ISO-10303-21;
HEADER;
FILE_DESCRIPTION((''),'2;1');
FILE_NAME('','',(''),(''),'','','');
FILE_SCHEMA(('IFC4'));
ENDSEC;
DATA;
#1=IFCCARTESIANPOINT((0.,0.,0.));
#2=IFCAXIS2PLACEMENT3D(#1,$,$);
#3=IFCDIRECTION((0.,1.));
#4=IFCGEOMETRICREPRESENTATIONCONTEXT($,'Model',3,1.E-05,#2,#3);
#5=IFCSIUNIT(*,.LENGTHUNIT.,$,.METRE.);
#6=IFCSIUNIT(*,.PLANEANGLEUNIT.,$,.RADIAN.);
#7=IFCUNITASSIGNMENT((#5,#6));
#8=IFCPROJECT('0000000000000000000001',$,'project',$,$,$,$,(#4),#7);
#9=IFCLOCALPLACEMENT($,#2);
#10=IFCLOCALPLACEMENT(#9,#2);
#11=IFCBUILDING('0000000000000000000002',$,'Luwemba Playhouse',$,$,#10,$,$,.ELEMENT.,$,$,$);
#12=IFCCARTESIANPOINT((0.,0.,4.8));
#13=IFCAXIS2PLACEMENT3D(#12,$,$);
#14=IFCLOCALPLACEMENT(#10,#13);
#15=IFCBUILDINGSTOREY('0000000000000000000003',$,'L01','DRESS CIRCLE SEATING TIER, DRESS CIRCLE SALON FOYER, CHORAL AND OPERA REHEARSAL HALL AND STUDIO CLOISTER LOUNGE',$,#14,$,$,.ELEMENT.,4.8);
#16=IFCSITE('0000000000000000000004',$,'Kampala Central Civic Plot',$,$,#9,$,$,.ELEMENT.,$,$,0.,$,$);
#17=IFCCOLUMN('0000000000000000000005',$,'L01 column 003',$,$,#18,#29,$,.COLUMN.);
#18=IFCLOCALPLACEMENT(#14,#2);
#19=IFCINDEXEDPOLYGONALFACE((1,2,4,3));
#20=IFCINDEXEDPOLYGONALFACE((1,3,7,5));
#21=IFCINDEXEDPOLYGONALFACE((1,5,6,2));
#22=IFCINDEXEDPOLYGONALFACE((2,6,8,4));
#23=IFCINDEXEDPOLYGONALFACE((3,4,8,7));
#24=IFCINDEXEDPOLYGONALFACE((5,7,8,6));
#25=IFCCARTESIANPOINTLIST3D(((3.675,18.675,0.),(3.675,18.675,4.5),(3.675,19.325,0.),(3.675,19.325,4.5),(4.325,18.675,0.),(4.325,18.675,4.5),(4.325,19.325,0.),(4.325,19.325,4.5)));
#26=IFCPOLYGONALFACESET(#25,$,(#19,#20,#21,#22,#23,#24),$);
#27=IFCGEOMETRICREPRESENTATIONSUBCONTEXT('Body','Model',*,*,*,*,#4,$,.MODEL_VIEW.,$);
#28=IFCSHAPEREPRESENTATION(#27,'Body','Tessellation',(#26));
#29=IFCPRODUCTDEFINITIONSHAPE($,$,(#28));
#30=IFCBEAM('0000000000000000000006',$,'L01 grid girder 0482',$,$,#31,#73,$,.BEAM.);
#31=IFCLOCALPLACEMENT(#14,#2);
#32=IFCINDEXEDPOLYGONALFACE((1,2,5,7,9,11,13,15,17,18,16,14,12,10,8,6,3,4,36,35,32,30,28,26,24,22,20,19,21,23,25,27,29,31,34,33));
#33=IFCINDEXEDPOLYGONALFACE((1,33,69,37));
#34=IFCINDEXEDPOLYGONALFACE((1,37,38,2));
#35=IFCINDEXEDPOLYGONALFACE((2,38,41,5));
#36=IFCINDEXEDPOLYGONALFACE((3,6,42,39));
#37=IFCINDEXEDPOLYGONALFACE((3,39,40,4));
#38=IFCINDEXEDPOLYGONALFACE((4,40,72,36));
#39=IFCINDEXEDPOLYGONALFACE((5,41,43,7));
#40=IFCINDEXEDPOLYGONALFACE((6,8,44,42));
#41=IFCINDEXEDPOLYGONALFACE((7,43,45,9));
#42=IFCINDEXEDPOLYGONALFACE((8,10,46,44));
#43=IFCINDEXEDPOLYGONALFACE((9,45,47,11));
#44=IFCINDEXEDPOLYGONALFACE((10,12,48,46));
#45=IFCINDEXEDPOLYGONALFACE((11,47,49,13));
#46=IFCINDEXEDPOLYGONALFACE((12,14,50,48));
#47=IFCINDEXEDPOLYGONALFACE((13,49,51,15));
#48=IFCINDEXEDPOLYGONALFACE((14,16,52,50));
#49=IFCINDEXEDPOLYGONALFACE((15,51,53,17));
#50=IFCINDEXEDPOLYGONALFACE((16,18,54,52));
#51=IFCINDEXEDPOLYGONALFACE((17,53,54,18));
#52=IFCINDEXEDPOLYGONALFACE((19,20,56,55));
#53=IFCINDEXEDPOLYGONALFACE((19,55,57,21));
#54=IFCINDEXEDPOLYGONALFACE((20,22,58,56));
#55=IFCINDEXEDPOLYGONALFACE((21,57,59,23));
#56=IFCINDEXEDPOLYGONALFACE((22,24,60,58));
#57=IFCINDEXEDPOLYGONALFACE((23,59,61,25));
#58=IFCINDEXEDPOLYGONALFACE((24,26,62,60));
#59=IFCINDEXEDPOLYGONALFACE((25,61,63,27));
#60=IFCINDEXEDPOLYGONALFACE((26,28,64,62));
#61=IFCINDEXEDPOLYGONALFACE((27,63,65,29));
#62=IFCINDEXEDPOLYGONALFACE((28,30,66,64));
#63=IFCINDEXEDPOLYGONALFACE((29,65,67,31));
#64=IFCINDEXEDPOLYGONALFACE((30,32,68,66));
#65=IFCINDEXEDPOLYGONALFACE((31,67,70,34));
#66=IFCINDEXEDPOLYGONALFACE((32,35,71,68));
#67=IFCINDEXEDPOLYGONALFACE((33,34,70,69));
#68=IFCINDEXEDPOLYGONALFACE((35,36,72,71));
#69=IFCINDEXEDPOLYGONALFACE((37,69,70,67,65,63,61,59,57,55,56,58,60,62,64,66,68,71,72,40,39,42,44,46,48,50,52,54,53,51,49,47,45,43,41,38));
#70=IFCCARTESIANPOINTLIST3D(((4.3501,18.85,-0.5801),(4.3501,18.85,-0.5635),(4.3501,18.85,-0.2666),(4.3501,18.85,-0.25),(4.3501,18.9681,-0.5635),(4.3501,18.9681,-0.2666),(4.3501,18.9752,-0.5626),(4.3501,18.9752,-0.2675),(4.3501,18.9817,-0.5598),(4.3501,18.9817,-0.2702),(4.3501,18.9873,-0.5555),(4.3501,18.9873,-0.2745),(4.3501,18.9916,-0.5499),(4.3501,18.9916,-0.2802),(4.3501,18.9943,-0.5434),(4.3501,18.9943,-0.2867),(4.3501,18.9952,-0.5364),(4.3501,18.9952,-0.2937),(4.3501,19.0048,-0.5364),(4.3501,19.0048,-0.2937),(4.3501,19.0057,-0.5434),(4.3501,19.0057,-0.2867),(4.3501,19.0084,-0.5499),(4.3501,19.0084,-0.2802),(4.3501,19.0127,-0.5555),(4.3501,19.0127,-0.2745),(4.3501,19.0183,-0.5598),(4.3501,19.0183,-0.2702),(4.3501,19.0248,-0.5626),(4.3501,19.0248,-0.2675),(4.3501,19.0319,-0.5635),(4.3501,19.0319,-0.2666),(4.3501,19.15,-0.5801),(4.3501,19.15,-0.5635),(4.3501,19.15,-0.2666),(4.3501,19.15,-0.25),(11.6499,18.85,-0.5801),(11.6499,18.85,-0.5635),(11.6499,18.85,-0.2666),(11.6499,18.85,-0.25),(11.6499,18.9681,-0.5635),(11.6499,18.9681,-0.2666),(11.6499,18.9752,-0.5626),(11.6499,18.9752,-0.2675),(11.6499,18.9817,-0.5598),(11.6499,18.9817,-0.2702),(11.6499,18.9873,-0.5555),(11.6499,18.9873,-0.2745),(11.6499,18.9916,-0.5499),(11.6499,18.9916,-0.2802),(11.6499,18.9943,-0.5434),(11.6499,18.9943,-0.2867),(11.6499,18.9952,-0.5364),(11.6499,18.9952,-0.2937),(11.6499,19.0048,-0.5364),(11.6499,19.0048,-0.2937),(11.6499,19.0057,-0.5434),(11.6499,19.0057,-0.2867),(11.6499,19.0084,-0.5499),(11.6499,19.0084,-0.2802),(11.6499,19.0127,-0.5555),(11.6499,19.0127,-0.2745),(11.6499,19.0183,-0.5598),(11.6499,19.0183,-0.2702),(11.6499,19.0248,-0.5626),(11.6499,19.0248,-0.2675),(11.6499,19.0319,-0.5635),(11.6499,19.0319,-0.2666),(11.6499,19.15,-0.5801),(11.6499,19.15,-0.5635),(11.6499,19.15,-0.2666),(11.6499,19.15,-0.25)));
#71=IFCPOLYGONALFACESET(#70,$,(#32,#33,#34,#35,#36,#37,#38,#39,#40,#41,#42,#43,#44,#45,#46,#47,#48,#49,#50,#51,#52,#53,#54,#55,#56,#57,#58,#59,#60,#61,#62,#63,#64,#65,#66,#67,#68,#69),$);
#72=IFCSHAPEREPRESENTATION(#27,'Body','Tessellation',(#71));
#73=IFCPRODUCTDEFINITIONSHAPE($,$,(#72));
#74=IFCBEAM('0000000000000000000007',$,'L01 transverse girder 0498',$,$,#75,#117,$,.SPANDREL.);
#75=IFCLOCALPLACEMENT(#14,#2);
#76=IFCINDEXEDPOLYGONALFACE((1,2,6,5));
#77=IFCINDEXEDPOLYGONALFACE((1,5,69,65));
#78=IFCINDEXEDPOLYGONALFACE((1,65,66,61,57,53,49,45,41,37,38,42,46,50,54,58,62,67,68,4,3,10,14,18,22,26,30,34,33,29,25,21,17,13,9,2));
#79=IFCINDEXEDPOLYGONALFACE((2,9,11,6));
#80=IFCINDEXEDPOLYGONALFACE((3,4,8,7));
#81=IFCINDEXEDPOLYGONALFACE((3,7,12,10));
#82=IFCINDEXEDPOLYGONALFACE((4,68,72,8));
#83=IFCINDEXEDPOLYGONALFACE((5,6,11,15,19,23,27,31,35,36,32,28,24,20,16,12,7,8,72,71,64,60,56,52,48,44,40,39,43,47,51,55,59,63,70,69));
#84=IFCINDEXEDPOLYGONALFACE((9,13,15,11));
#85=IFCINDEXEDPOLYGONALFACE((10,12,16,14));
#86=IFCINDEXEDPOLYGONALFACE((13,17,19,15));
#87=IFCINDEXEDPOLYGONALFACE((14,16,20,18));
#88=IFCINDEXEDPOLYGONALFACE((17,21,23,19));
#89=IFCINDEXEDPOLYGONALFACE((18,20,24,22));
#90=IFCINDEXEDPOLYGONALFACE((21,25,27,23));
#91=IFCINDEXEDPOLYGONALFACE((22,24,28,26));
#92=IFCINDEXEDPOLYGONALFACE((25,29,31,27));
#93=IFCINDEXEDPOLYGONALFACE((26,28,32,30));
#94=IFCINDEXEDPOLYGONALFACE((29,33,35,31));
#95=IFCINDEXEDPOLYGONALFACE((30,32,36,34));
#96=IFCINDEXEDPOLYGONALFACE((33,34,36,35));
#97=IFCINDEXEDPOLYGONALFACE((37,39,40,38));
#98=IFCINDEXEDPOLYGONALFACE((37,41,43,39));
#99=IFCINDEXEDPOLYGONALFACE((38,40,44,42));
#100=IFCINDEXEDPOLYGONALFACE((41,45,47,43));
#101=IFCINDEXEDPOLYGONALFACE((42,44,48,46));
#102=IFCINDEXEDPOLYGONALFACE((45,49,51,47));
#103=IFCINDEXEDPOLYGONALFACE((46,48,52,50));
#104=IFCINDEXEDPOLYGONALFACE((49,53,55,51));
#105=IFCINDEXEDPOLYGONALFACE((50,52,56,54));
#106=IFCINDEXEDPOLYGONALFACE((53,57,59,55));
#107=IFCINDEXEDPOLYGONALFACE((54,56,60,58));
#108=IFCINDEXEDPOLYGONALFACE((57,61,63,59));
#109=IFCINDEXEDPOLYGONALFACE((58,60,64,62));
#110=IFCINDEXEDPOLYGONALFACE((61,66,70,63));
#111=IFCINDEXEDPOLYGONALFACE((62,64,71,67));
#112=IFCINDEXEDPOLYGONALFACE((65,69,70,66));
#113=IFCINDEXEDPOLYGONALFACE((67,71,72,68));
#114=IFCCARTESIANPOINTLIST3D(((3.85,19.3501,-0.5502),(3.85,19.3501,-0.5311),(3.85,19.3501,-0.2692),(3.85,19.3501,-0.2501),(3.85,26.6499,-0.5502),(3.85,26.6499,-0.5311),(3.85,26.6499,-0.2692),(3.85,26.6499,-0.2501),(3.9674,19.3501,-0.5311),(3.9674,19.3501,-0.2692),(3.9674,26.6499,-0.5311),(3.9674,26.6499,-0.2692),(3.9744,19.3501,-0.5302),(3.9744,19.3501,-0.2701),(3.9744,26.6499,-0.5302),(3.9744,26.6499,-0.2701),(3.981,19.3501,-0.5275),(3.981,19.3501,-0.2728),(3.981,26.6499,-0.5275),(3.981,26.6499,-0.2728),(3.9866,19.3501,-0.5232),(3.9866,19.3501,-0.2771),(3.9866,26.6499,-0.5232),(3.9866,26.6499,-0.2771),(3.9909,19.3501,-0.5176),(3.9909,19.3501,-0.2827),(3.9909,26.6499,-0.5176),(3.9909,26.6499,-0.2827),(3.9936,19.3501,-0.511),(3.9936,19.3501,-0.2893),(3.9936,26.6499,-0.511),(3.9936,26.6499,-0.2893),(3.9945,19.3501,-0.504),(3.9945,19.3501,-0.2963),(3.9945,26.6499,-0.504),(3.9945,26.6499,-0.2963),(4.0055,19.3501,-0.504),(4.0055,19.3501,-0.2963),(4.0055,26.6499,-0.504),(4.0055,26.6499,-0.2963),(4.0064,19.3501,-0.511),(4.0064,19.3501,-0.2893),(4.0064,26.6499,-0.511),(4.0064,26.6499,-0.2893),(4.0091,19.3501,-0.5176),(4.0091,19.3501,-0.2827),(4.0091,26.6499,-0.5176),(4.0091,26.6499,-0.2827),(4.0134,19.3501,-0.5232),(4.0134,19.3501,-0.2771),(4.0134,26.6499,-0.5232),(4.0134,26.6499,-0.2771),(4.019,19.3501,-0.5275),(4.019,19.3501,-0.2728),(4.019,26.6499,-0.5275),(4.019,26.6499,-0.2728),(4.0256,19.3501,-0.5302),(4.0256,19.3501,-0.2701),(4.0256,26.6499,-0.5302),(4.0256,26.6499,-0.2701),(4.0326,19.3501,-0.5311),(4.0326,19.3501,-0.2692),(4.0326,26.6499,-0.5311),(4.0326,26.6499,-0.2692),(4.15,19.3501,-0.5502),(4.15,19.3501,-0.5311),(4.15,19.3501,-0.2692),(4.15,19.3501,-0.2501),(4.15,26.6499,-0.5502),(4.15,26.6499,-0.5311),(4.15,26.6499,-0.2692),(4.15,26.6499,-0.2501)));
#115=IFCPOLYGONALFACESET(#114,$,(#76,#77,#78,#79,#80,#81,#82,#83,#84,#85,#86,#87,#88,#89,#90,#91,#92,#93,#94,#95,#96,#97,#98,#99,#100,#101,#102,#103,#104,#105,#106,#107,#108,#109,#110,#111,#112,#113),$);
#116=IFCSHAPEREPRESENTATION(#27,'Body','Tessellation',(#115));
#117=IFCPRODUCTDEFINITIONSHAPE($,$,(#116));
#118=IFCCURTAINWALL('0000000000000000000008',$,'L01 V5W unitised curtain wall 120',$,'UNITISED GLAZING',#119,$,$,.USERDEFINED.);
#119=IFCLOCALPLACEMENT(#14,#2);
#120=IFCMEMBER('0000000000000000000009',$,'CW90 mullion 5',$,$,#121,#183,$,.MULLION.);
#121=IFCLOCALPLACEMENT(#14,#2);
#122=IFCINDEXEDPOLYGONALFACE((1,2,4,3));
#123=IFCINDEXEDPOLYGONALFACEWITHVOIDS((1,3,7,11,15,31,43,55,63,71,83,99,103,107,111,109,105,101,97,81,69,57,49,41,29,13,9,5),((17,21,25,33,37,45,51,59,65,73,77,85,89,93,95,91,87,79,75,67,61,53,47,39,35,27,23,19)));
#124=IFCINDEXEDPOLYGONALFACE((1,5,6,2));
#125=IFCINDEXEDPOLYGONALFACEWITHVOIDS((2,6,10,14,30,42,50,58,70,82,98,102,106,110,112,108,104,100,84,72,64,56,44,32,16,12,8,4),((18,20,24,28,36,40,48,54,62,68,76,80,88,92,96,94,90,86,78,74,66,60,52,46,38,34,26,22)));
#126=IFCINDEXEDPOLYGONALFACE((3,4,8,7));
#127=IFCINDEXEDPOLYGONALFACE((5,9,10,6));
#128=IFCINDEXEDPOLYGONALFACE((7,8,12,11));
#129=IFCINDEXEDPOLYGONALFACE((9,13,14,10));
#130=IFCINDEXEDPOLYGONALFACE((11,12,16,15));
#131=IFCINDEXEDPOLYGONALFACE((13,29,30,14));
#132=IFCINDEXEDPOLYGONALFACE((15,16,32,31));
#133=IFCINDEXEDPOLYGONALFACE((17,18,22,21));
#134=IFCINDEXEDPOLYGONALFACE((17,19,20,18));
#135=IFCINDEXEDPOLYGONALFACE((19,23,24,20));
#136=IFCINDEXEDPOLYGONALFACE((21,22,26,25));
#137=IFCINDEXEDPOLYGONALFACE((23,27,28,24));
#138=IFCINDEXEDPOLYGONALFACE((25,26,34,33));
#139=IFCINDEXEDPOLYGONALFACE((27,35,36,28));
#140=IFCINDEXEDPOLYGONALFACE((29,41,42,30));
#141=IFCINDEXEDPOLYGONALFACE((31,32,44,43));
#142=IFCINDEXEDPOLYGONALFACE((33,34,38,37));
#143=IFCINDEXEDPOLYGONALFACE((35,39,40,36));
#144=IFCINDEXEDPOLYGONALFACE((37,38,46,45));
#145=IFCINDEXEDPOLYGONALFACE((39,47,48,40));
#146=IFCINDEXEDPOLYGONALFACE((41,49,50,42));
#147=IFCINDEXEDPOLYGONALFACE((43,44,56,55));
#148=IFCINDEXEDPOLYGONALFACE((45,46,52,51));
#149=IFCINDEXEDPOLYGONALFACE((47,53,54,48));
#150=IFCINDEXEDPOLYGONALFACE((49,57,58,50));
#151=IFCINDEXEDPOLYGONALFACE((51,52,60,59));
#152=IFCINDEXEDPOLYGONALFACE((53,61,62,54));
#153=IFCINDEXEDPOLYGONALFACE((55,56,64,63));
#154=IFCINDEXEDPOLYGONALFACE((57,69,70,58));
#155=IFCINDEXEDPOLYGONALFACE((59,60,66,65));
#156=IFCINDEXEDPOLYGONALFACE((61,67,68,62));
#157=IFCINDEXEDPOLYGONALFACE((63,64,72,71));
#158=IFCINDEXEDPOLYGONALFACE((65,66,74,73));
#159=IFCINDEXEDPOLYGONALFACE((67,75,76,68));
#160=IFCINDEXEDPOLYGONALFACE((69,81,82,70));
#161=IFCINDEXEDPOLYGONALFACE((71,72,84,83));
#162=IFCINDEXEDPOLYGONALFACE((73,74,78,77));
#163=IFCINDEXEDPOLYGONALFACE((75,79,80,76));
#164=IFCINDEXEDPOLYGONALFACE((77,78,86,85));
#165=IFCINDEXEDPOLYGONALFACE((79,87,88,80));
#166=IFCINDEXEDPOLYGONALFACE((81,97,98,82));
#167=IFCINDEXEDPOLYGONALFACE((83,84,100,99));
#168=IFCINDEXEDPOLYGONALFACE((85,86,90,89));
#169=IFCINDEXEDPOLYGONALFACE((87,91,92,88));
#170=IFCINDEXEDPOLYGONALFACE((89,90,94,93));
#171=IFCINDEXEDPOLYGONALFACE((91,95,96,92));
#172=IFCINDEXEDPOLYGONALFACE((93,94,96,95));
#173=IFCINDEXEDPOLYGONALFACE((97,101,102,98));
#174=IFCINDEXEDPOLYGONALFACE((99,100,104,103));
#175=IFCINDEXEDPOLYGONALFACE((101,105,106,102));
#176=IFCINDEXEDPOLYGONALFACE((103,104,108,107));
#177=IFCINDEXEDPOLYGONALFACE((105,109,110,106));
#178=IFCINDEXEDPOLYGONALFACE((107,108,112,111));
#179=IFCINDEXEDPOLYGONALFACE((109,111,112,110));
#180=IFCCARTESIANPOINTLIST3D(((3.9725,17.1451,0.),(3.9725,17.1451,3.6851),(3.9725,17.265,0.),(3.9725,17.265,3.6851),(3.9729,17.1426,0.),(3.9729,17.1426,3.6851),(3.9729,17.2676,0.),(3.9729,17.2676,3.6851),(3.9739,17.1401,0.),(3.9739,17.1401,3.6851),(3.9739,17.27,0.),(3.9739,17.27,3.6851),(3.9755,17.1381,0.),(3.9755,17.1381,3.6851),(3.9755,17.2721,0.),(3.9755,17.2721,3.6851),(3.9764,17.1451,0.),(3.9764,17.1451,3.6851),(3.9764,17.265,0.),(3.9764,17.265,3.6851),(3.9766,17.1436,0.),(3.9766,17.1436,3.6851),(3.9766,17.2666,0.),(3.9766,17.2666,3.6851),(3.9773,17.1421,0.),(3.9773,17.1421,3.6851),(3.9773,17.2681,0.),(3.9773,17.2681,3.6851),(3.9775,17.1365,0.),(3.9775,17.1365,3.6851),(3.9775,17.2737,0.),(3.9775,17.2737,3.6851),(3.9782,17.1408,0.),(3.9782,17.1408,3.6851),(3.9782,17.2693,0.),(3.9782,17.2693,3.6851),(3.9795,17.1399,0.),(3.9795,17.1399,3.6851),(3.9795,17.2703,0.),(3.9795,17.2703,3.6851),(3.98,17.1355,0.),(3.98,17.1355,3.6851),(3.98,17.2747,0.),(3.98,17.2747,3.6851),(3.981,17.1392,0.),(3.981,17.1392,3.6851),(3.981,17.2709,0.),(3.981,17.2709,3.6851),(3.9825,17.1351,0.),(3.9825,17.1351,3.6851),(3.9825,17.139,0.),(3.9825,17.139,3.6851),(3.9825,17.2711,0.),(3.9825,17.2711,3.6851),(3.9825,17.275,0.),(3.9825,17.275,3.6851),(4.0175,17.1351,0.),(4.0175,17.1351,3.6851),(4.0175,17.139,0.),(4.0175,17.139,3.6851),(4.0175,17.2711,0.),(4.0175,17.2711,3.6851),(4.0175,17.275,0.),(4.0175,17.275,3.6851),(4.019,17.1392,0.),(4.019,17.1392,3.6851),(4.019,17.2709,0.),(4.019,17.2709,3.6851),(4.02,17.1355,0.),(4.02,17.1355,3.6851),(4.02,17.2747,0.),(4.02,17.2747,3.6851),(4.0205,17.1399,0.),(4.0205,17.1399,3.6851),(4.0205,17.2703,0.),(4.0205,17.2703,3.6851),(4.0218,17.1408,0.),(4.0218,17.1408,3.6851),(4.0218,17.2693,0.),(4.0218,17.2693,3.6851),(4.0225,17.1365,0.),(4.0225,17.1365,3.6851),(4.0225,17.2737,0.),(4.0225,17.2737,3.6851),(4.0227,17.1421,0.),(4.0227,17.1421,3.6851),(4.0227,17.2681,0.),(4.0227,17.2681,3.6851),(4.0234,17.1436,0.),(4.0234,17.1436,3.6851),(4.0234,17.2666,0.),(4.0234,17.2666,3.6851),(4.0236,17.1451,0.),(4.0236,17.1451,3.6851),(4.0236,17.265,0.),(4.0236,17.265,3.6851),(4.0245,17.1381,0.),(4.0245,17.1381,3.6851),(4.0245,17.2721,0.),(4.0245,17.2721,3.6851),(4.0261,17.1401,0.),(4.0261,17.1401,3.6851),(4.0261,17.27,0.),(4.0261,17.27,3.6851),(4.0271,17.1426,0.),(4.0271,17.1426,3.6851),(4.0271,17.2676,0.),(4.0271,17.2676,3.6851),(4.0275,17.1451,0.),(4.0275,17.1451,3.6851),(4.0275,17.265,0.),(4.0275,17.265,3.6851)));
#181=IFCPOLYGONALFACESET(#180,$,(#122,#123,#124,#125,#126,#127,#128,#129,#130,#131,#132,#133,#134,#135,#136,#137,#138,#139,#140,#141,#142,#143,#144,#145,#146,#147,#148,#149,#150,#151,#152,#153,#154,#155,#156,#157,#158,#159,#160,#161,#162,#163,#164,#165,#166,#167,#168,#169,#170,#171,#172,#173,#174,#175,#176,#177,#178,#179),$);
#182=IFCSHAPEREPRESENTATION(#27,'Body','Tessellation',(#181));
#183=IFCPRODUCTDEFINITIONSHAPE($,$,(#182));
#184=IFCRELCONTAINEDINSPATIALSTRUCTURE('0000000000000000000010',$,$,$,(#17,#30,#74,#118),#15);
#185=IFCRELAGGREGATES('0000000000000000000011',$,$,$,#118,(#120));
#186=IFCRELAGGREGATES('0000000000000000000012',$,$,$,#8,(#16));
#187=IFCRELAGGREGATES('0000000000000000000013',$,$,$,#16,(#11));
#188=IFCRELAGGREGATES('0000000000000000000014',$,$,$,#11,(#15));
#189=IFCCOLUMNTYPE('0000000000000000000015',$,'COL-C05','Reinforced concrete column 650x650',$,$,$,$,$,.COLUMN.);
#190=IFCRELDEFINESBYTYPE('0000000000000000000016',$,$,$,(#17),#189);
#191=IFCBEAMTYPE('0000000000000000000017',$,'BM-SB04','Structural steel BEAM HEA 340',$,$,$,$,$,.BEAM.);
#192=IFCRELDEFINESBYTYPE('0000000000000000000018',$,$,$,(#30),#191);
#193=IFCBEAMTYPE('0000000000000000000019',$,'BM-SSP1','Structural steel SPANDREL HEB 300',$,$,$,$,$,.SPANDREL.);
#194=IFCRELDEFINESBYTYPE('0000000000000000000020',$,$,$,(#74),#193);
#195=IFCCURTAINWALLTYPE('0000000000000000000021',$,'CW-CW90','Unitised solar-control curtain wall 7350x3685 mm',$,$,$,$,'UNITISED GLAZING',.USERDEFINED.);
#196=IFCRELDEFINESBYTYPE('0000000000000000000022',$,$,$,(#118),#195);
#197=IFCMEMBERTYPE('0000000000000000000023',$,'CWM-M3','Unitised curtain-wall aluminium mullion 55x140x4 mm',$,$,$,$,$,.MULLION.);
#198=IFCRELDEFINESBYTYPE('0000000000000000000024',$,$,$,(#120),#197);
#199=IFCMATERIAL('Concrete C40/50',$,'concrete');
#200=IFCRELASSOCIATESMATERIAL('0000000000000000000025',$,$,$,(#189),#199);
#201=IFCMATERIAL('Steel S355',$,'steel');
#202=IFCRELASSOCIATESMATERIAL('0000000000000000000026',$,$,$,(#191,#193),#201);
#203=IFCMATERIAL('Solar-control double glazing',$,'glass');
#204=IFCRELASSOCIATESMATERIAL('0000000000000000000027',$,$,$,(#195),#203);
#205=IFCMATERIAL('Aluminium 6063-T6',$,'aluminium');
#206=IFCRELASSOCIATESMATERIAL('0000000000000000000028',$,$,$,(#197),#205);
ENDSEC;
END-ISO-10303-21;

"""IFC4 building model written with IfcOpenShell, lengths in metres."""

from ifc_helpers import new_model, si_unit, direction, frame, origin, origin_2d, place, context, subcontext, project, spatial, rectangle, hollow_rectangle, i_section, extrude, material, material_profile, profile_set, type_object, element, aggregate, save


model = new_model("IFC4")

# Units and contexts
model_context = context("Model", 3, precision=1e-05, world=origin(), true_north=direction((0.0, 1.0)))
body_context = subcontext(model_context, "Body", "Model", "MODEL_VIEW")
ifc_project = project(units=[si_unit("LENGTHUNIT", "METRE"), si_unit("PLANEANGLEUNIT", "RADIAN")], contexts=[model_context])

# Site, building, storey
site_placement = place(None, origin())
site = spatial("IfcSite", under=ifc_project, at=site_placement, Name="Kampala Central Civic Plot", CompositionType="ELEMENT", RefElevation=0.0)
building_placement = place(site_placement, origin())
building = spatial("IfcBuilding", under=site, at=building_placement, Name="Luwemba Playhouse", CompositionType="ELEMENT")
storey_placement = place(building_placement, frame((0.0, 0.0, 4.8)))
storey = spatial("IfcBuildingStorey", under=building, at=storey_placement, Name="L01", Description="DRESS CIRCLE SEATING TIER, DRESS CIRCLE SALON FOYER, CHORAL AND OPERA REHEARSAL HALL AND STUDIO CLOISTER LOUNGE", CompositionType="ELEMENT", Elevation=4.8)

# Column
ifc_material_1 = material(Name="Concrete C40/50", Category="concrete")
ifc_material_profile_1 = material_profile(ifc_material_1, rectangle(XDim=0.6499, YDim=0.6499, at=origin_2d()))
ifc_profile_set_1 = profile_set([ifc_material_profile_1], Name="Concrete C40/50")
column_type = type_object("IfcColumnType", Name="COL-C05", Description="Reinforced concrete column 650x650", PredefinedType="COLUMN", material=ifc_profile_set_1)
column_placement = place(storey_placement, frame((4.0, 19.0, 0.0), z_axis=(0.0, 0.0, 1.0), x_axis=(1.0, 0.0, 0.0)))
element("IfcColumn", 1, at=column_placement, inside=storey, type_object=column_type, Name="L01 column 003", PredefinedType="COLUMN", context=body_context, shape_type="SweptSolid", body=[
    extrude(rectangle(XDim=0.6499, YDim=0.6499, at=origin_2d()), origin(), (0.0, 0.0, 1.0), 4.5),
])

# Beams
ifc_material_2 = material(Name="Steel S355", Category="steel")
ifc_material_profile_2 = material_profile(ifc_material_2, i_section(OverallWidth=0.3, OverallDepth=0.3301, WebThickness=0.0095, FlangeThickness=0.0166, FilletRadius=0.0271, at=origin_2d()))
ifc_profile_set_2 = profile_set([ifc_material_profile_2], Name="Steel S355")
beam_type_1 = type_object("IfcBeamType", Name="BM-SB04", Description="Structural steel BEAM HEA 340", PredefinedType="BEAM", material=ifc_profile_set_2)
beam_1_placement = place(storey_placement, frame((4.3501, 19.0, -0.415), z_axis=(1.0, 0.0, 0.0), x_axis=(0.0, 1.0, 0.0)))
element("IfcBeam", 2, at=beam_1_placement, inside=storey, type_object=beam_type_1, Name="L01 grid girder 0482", PredefinedType="BEAM", context=body_context, shape_type="SweptSolid", body=[
    extrude(i_section(OverallWidth=0.3, OverallDepth=0.3301, WebThickness=0.0095, FlangeThickness=0.0166, FilletRadius=0.0271, at=origin_2d()), origin(), (0.0, 0.0, 1.0), 7.2998),
])
ifc_material_profile_3 = material_profile(ifc_material_2, i_section(OverallWidth=0.3, OverallDepth=0.3, WebThickness=0.011, FlangeThickness=0.019, FilletRadius=0.0271, at=origin_2d()))
ifc_profile_set_3 = profile_set([ifc_material_profile_3], Name="Steel S355")
beam_type_2 = type_object("IfcBeamType", Name="BM-SSP1", Description="Structural steel SPANDREL HEB 300", PredefinedType="SPANDREL", material=ifc_profile_set_3)
beam_2_placement = place(storey_placement, frame((4.0, 19.3501, -0.4001), z_axis=(0.0, 1.0, 0.0), x_axis=(-1.0, 0.0, 0.0)))
element("IfcBeam", 3, at=beam_2_placement, inside=storey, type_object=beam_type_2, Name="L01 transverse girder 0498", PredefinedType="SPANDREL", context=body_context, shape_type="SweptSolid", body=[
    extrude(i_section(OverallWidth=0.3, OverallDepth=0.3, WebThickness=0.011, FlangeThickness=0.019, FilletRadius=0.0271, at=origin_2d()), origin(), (0.0, 0.0, 1.0), 7.2998),
])

# Curtain wall, member
ifc_material_3 = material(Name="Solar-control double glazing", Category="glass")
curtain_wall_type_1 = type_object("IfcCurtainWallType", Name="CW-CW90", Description="Unitised solar-control curtain wall 7350x3685 mm", ElementType="UNITISED GLAZING", PredefinedType="USERDEFINED", material=ifc_material_3)
curtain_wall_1_placement = place(storey_placement, origin())
curtain_wall_1 = element("IfcCurtainWall", 4, at=curtain_wall_1_placement, inside=storey, type_object=curtain_wall_type_1, Name="L01 V5W unitised curtain wall 120", ObjectType="UNITISED GLAZING", PredefinedType="USERDEFINED")
ifc_material_4 = material(Name="Aluminium 6063-T6", Category="aluminium")
ifc_material_profile_4 = material_profile(ifc_material_4, hollow_rectangle(XDim=0.0549, YDim=0.1399, WallThickness=0.0039, InnerFilletRadius=0.0061, OuterFilletRadius=0.01, at=origin_2d()))
ifc_profile_set_4 = profile_set([ifc_material_profile_4], Name="Aluminium 6063-T6")
member_type_1 = type_object("IfcMemberType", Name="CWM-M3", Description="Unitised curtain-wall aluminium mullion 55x140x4 mm", PredefinedType="MULLION", material=ifc_profile_set_4)
member_1_placement = place(storey_placement, frame((4.0, 17.2051, 0.0), z_axis=(0.0, 0.0, 1.0), x_axis=(-1.0, 0.0, 0.0)))
member_1 = element("IfcMember", 5, at=member_1_placement, type_object=member_type_1, Name="CW90 mullion 5", PredefinedType="MULLION", context=body_context, shape_type="SweptSolid", body=[
    extrude(hollow_rectangle(XDim=0.0549, YDim=0.1399, WallThickness=0.0039, InnerFilletRadius=0.0061, OuterFilletRadius=0.01, at=origin_2d()), origin(), (0.0, 0.0, 1.0), 3.6851),
])

aggregate(curtain_wall_1, [member_1])

save(model, "model.ifc")
